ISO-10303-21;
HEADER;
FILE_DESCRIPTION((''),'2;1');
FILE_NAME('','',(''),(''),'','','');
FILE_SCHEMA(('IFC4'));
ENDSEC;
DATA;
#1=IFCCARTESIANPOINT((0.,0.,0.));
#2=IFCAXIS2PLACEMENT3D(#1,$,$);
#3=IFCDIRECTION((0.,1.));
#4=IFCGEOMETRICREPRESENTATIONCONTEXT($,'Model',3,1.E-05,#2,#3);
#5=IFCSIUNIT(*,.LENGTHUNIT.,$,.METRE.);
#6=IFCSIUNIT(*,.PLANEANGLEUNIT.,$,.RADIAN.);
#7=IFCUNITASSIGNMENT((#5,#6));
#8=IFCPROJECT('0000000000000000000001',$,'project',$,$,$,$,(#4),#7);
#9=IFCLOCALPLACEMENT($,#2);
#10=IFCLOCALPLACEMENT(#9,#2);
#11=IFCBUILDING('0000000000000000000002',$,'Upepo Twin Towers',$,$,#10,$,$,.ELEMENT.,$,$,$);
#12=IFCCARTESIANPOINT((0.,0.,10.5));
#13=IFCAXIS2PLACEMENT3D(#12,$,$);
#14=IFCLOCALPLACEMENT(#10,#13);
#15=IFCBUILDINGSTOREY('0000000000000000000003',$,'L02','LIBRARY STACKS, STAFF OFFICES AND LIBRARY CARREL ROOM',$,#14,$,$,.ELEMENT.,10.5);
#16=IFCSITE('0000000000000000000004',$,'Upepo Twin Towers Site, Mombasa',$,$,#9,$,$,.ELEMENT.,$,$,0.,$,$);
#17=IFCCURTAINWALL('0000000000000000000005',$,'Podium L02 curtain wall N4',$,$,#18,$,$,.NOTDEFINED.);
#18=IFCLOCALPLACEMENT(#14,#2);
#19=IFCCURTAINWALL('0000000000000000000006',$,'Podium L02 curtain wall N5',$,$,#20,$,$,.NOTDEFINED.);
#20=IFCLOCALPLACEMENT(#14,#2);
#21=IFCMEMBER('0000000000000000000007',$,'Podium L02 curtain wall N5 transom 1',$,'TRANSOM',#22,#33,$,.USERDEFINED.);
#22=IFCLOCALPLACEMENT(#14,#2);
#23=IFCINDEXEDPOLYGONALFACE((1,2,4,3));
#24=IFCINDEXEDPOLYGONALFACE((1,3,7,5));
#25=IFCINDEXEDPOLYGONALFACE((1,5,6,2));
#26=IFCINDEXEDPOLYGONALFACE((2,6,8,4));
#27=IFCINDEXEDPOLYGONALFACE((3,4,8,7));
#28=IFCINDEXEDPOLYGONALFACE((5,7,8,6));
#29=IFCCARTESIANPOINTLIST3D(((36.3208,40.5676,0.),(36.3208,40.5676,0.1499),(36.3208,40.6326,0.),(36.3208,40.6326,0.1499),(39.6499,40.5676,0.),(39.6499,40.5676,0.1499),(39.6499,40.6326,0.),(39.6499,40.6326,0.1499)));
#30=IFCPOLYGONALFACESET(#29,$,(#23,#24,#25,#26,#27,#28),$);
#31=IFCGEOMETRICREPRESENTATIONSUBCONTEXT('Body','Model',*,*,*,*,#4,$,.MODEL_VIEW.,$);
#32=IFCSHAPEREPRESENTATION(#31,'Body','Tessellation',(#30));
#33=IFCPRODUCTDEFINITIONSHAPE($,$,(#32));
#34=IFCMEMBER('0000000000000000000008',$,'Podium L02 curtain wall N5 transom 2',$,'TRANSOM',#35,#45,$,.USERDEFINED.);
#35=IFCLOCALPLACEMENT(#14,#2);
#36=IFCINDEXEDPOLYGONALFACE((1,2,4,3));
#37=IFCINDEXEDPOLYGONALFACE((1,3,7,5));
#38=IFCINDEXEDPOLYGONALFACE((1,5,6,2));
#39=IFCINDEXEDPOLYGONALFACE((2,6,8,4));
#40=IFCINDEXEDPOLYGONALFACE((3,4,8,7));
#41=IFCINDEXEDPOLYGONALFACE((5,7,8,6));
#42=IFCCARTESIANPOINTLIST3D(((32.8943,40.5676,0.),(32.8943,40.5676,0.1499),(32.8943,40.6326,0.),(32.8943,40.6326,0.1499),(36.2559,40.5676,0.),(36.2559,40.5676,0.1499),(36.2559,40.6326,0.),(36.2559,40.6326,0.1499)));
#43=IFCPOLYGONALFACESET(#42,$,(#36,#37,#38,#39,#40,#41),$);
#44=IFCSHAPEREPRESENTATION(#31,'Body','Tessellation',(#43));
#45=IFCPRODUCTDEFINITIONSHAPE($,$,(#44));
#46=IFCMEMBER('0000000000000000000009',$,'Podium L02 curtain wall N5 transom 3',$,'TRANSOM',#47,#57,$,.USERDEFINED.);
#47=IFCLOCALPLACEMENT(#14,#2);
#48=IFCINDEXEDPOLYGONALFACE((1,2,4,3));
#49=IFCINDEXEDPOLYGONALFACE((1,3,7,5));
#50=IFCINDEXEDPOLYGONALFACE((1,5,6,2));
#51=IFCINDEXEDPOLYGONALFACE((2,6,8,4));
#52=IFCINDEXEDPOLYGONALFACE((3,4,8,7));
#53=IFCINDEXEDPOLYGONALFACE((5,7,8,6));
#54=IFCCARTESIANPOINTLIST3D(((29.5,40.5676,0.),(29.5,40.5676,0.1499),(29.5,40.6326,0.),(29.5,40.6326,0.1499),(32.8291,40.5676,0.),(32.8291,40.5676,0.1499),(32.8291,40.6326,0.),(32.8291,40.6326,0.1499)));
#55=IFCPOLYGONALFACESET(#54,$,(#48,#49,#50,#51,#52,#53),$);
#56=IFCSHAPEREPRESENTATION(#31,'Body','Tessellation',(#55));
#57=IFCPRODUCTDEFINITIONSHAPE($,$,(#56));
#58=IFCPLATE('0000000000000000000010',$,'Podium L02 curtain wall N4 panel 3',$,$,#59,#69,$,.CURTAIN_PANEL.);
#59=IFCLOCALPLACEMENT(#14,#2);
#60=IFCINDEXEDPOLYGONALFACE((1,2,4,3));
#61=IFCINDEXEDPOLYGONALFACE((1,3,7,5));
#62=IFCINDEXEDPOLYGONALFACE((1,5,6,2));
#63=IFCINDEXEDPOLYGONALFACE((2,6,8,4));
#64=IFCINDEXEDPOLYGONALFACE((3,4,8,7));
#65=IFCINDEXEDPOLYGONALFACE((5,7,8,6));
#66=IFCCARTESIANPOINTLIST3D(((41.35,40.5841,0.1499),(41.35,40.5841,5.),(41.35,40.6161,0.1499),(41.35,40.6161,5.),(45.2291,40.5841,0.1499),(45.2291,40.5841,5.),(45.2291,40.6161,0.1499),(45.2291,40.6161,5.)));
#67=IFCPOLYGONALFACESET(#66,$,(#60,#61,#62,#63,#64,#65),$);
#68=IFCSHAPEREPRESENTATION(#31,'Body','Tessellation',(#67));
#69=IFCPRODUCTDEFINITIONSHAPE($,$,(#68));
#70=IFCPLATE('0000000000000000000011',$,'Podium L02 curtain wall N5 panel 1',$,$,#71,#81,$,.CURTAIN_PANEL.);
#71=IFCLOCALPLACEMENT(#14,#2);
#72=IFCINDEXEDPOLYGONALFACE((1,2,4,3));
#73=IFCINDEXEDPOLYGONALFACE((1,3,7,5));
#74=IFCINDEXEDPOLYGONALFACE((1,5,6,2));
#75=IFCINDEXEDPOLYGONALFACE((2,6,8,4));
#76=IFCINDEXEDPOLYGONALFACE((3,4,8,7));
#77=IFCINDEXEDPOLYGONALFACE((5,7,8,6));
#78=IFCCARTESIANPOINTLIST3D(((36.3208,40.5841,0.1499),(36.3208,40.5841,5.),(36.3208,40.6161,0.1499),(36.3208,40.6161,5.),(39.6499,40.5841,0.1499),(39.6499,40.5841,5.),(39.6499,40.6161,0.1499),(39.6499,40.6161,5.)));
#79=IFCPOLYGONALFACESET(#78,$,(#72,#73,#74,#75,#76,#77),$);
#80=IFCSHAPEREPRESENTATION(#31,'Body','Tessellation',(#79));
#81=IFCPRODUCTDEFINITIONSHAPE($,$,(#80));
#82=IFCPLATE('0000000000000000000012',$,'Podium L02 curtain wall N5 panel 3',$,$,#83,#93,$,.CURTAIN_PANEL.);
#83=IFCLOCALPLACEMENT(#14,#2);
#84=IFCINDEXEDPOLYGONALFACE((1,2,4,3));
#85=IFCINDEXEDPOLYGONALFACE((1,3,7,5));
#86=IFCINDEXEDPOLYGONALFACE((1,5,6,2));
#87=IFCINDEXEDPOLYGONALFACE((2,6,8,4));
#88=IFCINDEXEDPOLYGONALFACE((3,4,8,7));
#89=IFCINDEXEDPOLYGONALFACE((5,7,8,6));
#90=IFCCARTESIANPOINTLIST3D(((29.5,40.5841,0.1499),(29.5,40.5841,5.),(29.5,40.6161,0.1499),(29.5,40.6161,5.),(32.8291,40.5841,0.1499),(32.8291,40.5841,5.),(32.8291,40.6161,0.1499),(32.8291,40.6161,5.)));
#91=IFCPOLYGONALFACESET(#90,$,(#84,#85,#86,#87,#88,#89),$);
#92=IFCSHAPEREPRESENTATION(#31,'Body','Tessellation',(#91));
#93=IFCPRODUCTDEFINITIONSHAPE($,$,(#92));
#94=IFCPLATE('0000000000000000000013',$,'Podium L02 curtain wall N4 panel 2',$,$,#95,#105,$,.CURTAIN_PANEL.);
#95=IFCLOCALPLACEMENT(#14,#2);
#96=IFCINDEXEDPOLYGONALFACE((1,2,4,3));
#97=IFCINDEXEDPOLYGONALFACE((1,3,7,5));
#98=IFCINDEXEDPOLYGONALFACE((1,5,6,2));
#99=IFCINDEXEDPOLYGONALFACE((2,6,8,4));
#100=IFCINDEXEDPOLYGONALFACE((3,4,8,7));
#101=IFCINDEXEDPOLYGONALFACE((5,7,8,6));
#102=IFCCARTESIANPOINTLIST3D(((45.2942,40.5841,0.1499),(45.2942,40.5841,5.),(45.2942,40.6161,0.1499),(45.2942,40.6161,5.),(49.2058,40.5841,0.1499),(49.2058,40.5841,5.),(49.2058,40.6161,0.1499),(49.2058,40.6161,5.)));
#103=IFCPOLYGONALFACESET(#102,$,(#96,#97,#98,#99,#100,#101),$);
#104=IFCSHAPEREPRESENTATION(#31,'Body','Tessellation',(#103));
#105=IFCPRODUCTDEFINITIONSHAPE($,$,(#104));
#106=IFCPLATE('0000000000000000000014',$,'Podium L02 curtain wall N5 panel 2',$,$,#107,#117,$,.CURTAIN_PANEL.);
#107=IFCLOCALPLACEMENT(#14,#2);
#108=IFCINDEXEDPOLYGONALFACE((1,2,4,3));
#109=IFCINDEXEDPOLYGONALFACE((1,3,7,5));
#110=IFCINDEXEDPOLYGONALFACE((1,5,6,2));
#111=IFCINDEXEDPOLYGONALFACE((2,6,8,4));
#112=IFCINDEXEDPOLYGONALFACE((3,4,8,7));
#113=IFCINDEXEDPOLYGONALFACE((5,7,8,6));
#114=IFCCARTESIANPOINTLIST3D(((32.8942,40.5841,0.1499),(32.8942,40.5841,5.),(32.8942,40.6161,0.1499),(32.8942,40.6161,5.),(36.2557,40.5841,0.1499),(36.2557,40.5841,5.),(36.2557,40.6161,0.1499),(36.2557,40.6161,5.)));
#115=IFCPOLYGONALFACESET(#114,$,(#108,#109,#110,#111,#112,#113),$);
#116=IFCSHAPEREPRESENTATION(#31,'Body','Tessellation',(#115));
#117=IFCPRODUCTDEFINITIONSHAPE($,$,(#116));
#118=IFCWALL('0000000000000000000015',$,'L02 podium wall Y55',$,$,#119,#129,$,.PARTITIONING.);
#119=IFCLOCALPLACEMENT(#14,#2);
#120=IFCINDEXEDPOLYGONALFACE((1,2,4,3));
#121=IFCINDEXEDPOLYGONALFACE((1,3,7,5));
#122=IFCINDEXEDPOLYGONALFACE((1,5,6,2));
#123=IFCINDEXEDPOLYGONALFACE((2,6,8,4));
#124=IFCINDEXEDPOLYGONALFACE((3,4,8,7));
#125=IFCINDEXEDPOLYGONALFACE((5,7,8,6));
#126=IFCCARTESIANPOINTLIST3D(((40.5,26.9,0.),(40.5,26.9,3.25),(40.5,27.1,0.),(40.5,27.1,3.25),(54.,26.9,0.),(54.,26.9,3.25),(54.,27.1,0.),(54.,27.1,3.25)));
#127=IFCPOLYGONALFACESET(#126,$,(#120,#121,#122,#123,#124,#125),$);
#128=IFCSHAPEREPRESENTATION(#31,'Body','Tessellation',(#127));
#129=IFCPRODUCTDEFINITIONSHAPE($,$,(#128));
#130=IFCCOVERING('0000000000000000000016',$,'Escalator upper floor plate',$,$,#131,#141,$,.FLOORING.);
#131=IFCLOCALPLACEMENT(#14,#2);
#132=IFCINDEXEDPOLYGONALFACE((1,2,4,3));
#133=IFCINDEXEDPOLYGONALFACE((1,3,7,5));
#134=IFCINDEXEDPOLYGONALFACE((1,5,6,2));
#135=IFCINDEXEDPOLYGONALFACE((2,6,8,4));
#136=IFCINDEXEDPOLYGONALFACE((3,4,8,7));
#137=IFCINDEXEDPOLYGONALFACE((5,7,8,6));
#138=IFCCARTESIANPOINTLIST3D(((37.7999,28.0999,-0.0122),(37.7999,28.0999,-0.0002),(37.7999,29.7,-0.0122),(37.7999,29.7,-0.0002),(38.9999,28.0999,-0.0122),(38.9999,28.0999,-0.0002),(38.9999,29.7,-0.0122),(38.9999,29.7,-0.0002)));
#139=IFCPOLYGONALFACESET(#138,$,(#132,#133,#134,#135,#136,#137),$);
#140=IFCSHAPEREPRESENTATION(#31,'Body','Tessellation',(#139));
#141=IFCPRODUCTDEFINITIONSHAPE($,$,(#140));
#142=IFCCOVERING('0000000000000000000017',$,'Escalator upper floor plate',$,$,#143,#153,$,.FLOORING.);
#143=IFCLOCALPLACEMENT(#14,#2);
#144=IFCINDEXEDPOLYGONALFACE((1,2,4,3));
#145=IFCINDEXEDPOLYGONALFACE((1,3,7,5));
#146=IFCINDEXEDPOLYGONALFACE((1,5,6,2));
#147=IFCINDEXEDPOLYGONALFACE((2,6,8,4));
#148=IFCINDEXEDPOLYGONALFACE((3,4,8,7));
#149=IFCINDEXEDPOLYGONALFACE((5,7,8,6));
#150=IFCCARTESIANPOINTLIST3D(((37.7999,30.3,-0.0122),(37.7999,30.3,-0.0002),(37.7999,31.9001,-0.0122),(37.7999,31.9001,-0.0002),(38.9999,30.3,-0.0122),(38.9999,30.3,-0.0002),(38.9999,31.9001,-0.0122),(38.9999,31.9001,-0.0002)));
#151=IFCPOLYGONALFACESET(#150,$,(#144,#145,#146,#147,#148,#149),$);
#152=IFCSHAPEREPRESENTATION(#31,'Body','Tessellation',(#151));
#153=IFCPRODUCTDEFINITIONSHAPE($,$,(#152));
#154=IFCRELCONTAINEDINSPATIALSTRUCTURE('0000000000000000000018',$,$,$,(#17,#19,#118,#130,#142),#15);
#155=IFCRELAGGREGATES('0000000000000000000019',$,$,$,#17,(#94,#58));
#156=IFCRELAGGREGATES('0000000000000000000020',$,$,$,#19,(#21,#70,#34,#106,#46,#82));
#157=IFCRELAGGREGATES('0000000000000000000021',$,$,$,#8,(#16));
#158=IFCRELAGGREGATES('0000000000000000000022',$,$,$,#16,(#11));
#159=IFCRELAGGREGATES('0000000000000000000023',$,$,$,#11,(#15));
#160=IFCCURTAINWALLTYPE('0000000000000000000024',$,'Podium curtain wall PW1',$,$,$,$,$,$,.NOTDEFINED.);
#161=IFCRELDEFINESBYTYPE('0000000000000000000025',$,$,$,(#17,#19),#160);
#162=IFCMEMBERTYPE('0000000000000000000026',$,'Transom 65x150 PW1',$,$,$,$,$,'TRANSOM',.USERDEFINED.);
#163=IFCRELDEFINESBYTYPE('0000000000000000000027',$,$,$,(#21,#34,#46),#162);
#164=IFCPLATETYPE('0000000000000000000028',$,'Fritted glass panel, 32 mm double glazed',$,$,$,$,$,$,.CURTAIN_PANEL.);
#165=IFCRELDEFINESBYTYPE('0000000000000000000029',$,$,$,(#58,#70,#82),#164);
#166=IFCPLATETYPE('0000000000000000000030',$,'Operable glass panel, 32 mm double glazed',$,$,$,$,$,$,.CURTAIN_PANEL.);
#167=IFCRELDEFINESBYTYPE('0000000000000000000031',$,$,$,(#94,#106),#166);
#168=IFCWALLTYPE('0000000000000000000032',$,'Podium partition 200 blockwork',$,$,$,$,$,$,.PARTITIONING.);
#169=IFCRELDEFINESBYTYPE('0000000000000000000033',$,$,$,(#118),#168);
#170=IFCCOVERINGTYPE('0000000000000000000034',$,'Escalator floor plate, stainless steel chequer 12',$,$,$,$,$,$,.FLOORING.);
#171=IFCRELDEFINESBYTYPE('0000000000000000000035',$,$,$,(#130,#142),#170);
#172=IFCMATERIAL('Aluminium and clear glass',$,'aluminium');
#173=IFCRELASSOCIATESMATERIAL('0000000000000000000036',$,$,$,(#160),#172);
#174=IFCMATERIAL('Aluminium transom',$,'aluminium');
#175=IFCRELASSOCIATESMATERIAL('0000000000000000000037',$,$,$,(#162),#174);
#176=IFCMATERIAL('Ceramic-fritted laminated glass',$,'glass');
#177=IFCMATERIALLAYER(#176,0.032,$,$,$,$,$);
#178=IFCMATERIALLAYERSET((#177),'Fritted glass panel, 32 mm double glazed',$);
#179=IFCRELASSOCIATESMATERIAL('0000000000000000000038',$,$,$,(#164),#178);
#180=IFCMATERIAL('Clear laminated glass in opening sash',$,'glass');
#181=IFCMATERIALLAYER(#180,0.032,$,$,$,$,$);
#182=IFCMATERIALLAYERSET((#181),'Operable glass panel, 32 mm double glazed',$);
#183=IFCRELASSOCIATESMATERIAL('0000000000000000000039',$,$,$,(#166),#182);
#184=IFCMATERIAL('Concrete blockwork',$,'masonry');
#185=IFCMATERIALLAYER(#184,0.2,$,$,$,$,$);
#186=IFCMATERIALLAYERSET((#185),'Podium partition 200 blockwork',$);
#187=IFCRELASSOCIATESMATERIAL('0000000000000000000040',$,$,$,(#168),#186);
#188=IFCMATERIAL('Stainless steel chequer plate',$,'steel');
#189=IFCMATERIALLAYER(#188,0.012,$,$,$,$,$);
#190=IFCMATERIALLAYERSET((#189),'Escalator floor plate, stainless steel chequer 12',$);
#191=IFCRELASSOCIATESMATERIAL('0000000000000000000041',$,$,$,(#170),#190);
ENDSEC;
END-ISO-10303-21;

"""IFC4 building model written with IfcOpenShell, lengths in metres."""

from ifc_helpers import new_model, si_unit, direction, frame, frame_2d, origin, origin_2d, place, context, subcontext, project, spatial, rectangle, extrude, material, layer, layer_set, material_profile, profile_set, type_object, element, aggregate, save


model = new_model("IFC4")

# Units and contexts
model_context = context("Model", 3, precision=1e-05, world=origin(), true_north=direction((0.0, 1.0)))
body_context = subcontext(model_context, "Body", "Model", "MODEL_VIEW")
ifc_project = project(units=[si_unit("LENGTHUNIT", "METRE"), si_unit("PLANEANGLEUNIT", "RADIAN")], contexts=[model_context])

# Site, building, storey
site_placement = place(None, origin())
site = spatial("IfcSite", under=ifc_project, at=site_placement, Name="Upepo Twin Towers Site, Mombasa", CompositionType="ELEMENT", RefElevation=0.0)
building_placement = place(site_placement, origin())
building = spatial("IfcBuilding", under=site, at=building_placement, Name="Upepo Twin Towers", CompositionType="ELEMENT")
storey_placement = place(building_placement, frame((0.0, 0.0, 10.5)))
storey = spatial("IfcBuildingStorey", under=building, at=storey_placement, Name="L02", Description="LIBRARY STACKS, STAFF OFFICES AND LIBRARY CARREL ROOM", CompositionType="ELEMENT", Elevation=10.5)

# Curtain walls
ifc_material_1 = material(Name="Aluminium and clear glass", Category="aluminium")
curtain_wall_type = type_object("IfcCurtainWallType", Name="Podium curtain wall PW1", PredefinedType="NOTDEFINED", material=ifc_material_1)
curtain_wall_1_placement = place(storey_placement, origin())
curtain_wall_1 = element("IfcCurtainWall", 1, at=curtain_wall_1_placement, inside=storey, type_object=curtain_wall_type, Name="Podium L02 curtain wall N4", PredefinedType="NOTDEFINED")
curtain_wall_2_placement = place(storey_placement, origin())
curtain_wall_2 = element("IfcCurtainWall", 2, at=curtain_wall_2_placement, inside=storey, type_object=curtain_wall_type, Name="Podium L02 curtain wall N5", PredefinedType="NOTDEFINED")

# Members
ifc_material_2 = material(Name="Aluminium transom", Category="aluminium")
ifc_material_profile_1 = material_profile(ifc_material_2, rectangle(XDim=0.0649, YDim=0.1499, at=origin_2d()), Name="TRANSOM 65x150 PODIUM")
ifc_profile_set_1 = profile_set([ifc_material_profile_1], Name="Aluminium transom")
member_type_1 = type_object("IfcMemberType", Name="Transom 65x150 PW1", ElementType="TRANSOM", PredefinedType="USERDEFINED", material=ifc_profile_set_1)
member_1_placement = place(storey_placement, frame((39.6499, 40.6001, 0.075), z_axis=(-1.0, 0.0, 0.0), x_axis=(0.0, -1.0, 0.0)))
member_1 = element("IfcMember", 3, at=member_1_placement, type_object=member_type_1, Name="Podium L02 curtain wall N5 transom 1", ObjectType="TRANSOM", PredefinedType="USERDEFINED", context=body_context, shape_type="SweptSolid", body=[
    extrude(rectangle(XDim=0.0649, YDim=0.1499, at=origin_2d()), origin(), (0.0, 0.0, 1.0), 3.3291),
])
member_2_placement = place(storey_placement, frame((36.2559, 40.6001, 0.075), z_axis=(-1.0, 0.0, 0.0), x_axis=(0.0, -1.0, 0.0)))
member_2 = element("IfcMember", 4, at=member_2_placement, type_object=member_type_1, Name="Podium L02 curtain wall N5 transom 2", ObjectType="TRANSOM", PredefinedType="USERDEFINED", context=body_context, shape_type="SweptSolid", body=[
    extrude(rectangle(XDim=0.0649, YDim=0.1499, at=origin_2d()), origin(), (0.0, 0.0, 1.0), 3.3616),
])
member_3_placement = place(storey_placement, frame((32.8291, 40.6001, 0.075), z_axis=(-1.0, 0.0, 0.0), x_axis=(0.0, -1.0, 0.0)))
member_3 = element("IfcMember", 5, at=member_3_placement, type_object=member_type_1, Name="Podium L02 curtain wall N5 transom 3", ObjectType="TRANSOM", PredefinedType="USERDEFINED", context=body_context, shape_type="SweptSolid", body=[
    extrude(rectangle(XDim=0.0649, YDim=0.1499, at=origin_2d()), origin(), (0.0, 0.0, 1.0), 3.3291),
])

# Plates
ifc_material_3 = material(Name="Ceramic-fritted laminated glass", Category="glass")
ifc_layer_1 = layer(ifc_material_3, 0.032)
ifc_layer_set_1 = layer_set([ifc_layer_1], Name="Fritted glass panel, 32 mm double glazed")
plate_type_1 = type_object("IfcPlateType", Name="Fritted glass panel, 32 mm double glazed", PredefinedType="CURTAIN_PANEL", material=ifc_layer_set_1)
plate_1_placement = place(storey_placement, frame((43.2896, 40.6001, 0.1499), z_axis=(0.0, 0.0, 1.0), x_axis=(-1.0, 0.0, 0.0)))
plate_1 = element("IfcPlate", 6, at=plate_1_placement, type_object=plate_type_1, Name="Podium L02 curtain wall N4 panel 3", PredefinedType="CURTAIN_PANEL", context=body_context, shape_type="SweptSolid", body=[
    extrude(rectangle(XDim=3.8792, YDim=0.032, at=origin_2d()), origin(), (0.0, 0.0, 1.0), 4.8501),
])
plate_2_placement = place(storey_placement, frame((37.9854, 40.6001, 0.1499), z_axis=(0.0, 0.0, 1.0), x_axis=(-1.0, 0.0, 0.0)))
plate_2 = element("IfcPlate", 7, at=plate_2_placement, type_object=plate_type_1, Name="Podium L02 curtain wall N5 panel 1", PredefinedType="CURTAIN_PANEL", context=body_context, shape_type="SweptSolid", body=[
    extrude(rectangle(XDim=3.3291, YDim=0.032, at=origin_2d()), origin(), (0.0, 0.0, 1.0), 4.8501),
])
plate_3_placement = place(storey_placement, frame((31.1646, 40.6001, 0.1499), z_axis=(0.0, 0.0, 1.0), x_axis=(-1.0, 0.0, 0.0)))
plate_3 = element("IfcPlate", 8, at=plate_3_placement, type_object=plate_type_1, Name="Podium L02 curtain wall N5 panel 3", PredefinedType="CURTAIN_PANEL", context=body_context, shape_type="SweptSolid", body=[
    extrude(rectangle(XDim=3.3291, YDim=0.032, at=origin_2d()), origin(), (0.0, 0.0, 1.0), 4.8501),
])
ifc_material_4 = material(Name="Clear laminated glass in opening sash", Category="glass")
ifc_layer_2 = layer(ifc_material_4, 0.032)
ifc_layer_set_2 = layer_set([ifc_layer_2], Name="Operable glass panel, 32 mm double glazed")
plate_type_2 = type_object("IfcPlateType", Name="Operable glass panel, 32 mm double glazed", PredefinedType="CURTAIN_PANEL", material=ifc_layer_set_2)
plate_4_placement = place(storey_placement, frame((47.25, 40.6001, 0.1499), z_axis=(0.0, 0.0, 1.0), x_axis=(-1.0, 0.0, 0.0)))
plate_4 = element("IfcPlate", 9, at=plate_4_placement, type_object=plate_type_2, Name="Podium L02 curtain wall N4 panel 2", PredefinedType="CURTAIN_PANEL", context=body_context, shape_type="SweptSolid", body=[
    extrude(rectangle(XDim=3.9116, YDim=0.032, at=origin_2d()), origin(), (0.0, 0.0, 1.0), 4.8501),
])
aggregate(curtain_wall_1, [plate_4, plate_1])
plate_5_placement = place(storey_placement, frame((34.575, 40.6001, 0.1499), z_axis=(0.0, 0.0, 1.0), x_axis=(-1.0, 0.0, 0.0)))
plate_5 = element("IfcPlate", 10, at=plate_5_placement, type_object=plate_type_2, Name="Podium L02 curtain wall N5 panel 2", PredefinedType="CURTAIN_PANEL", context=body_context, shape_type="SweptSolid", body=[
    extrude(rectangle(XDim=3.3616, YDim=0.032, at=origin_2d()), origin(), (0.0, 0.0, 1.0), 4.8501),
])
aggregate(curtain_wall_2, [member_1, plate_2, member_2, plate_5, member_3, plate_3])

# Wall
ifc_material_5 = material(Name="Concrete blockwork", Category="masonry")
ifc_layer_3 = layer(ifc_material_5, 0.2)
ifc_layer_set_3 = layer_set([ifc_layer_3], Name="Podium partition 200 blockwork")
wall_type = type_object("IfcWallType", Name="Podium partition 200 blockwork", PredefinedType="PARTITIONING", material=ifc_layer_set_3)
wall_placement = place(storey_placement, frame((40.5, 27.0, 0.0), z_axis=(0.0, 0.0, 1.0), x_axis=(1.0, 0.0, 0.0)))
element("IfcWall", 11, at=wall_placement, inside=storey, type_object=wall_type, Name="L02 podium wall Y55", PredefinedType="PARTITIONING", context=body_context, shape_type="SweptSolid", body=[
    extrude(rectangle(XDim=13.5, YDim=0.2, at=frame_2d((6.75, 0.0))), origin(), (0.0, 0.0, 1.0), 3.25),
])

# Coverings
ifc_material_6 = material(Name="Stainless steel chequer plate", Category="steel")
ifc_layer_4 = layer(ifc_material_6, 0.012)
ifc_layer_set_4 = layer_set([ifc_layer_4], Name="Escalator floor plate, stainless steel chequer 12")
covering_type = type_object("IfcCoveringType", Name="Escalator floor plate, stainless steel chequer 12", PredefinedType="FLOORING", material=ifc_layer_set_4)
for number, where, z_axis, x_axis, name in (
    (12, (38.3999, 28.8999, -0.0122), (0.0, 0.0, 1.0), (1.0, 0.0, 0.0), "Escalator upper floor plate"),
    (13, (38.3999, 31.1001, -0.0122), (0.0, 0.0, 1.0), (1.0, 0.0, 0.0), "Escalator upper floor plate"),
):
    element("IfcCovering", number, at=place(storey_placement, frame(where, z_axis=z_axis, x_axis=x_axis)), inside=storey, type_object=covering_type, Name=name, PredefinedType="FLOORING", context=body_context, shape_type="SweptSolid", body=[
        extrude(rectangle(XDim=1.2, YDim=1.6001, at=origin_2d()), origin(), (0.0, 0.0, 1.0), 0.012),
    ])

save(model, "model.ifc")
